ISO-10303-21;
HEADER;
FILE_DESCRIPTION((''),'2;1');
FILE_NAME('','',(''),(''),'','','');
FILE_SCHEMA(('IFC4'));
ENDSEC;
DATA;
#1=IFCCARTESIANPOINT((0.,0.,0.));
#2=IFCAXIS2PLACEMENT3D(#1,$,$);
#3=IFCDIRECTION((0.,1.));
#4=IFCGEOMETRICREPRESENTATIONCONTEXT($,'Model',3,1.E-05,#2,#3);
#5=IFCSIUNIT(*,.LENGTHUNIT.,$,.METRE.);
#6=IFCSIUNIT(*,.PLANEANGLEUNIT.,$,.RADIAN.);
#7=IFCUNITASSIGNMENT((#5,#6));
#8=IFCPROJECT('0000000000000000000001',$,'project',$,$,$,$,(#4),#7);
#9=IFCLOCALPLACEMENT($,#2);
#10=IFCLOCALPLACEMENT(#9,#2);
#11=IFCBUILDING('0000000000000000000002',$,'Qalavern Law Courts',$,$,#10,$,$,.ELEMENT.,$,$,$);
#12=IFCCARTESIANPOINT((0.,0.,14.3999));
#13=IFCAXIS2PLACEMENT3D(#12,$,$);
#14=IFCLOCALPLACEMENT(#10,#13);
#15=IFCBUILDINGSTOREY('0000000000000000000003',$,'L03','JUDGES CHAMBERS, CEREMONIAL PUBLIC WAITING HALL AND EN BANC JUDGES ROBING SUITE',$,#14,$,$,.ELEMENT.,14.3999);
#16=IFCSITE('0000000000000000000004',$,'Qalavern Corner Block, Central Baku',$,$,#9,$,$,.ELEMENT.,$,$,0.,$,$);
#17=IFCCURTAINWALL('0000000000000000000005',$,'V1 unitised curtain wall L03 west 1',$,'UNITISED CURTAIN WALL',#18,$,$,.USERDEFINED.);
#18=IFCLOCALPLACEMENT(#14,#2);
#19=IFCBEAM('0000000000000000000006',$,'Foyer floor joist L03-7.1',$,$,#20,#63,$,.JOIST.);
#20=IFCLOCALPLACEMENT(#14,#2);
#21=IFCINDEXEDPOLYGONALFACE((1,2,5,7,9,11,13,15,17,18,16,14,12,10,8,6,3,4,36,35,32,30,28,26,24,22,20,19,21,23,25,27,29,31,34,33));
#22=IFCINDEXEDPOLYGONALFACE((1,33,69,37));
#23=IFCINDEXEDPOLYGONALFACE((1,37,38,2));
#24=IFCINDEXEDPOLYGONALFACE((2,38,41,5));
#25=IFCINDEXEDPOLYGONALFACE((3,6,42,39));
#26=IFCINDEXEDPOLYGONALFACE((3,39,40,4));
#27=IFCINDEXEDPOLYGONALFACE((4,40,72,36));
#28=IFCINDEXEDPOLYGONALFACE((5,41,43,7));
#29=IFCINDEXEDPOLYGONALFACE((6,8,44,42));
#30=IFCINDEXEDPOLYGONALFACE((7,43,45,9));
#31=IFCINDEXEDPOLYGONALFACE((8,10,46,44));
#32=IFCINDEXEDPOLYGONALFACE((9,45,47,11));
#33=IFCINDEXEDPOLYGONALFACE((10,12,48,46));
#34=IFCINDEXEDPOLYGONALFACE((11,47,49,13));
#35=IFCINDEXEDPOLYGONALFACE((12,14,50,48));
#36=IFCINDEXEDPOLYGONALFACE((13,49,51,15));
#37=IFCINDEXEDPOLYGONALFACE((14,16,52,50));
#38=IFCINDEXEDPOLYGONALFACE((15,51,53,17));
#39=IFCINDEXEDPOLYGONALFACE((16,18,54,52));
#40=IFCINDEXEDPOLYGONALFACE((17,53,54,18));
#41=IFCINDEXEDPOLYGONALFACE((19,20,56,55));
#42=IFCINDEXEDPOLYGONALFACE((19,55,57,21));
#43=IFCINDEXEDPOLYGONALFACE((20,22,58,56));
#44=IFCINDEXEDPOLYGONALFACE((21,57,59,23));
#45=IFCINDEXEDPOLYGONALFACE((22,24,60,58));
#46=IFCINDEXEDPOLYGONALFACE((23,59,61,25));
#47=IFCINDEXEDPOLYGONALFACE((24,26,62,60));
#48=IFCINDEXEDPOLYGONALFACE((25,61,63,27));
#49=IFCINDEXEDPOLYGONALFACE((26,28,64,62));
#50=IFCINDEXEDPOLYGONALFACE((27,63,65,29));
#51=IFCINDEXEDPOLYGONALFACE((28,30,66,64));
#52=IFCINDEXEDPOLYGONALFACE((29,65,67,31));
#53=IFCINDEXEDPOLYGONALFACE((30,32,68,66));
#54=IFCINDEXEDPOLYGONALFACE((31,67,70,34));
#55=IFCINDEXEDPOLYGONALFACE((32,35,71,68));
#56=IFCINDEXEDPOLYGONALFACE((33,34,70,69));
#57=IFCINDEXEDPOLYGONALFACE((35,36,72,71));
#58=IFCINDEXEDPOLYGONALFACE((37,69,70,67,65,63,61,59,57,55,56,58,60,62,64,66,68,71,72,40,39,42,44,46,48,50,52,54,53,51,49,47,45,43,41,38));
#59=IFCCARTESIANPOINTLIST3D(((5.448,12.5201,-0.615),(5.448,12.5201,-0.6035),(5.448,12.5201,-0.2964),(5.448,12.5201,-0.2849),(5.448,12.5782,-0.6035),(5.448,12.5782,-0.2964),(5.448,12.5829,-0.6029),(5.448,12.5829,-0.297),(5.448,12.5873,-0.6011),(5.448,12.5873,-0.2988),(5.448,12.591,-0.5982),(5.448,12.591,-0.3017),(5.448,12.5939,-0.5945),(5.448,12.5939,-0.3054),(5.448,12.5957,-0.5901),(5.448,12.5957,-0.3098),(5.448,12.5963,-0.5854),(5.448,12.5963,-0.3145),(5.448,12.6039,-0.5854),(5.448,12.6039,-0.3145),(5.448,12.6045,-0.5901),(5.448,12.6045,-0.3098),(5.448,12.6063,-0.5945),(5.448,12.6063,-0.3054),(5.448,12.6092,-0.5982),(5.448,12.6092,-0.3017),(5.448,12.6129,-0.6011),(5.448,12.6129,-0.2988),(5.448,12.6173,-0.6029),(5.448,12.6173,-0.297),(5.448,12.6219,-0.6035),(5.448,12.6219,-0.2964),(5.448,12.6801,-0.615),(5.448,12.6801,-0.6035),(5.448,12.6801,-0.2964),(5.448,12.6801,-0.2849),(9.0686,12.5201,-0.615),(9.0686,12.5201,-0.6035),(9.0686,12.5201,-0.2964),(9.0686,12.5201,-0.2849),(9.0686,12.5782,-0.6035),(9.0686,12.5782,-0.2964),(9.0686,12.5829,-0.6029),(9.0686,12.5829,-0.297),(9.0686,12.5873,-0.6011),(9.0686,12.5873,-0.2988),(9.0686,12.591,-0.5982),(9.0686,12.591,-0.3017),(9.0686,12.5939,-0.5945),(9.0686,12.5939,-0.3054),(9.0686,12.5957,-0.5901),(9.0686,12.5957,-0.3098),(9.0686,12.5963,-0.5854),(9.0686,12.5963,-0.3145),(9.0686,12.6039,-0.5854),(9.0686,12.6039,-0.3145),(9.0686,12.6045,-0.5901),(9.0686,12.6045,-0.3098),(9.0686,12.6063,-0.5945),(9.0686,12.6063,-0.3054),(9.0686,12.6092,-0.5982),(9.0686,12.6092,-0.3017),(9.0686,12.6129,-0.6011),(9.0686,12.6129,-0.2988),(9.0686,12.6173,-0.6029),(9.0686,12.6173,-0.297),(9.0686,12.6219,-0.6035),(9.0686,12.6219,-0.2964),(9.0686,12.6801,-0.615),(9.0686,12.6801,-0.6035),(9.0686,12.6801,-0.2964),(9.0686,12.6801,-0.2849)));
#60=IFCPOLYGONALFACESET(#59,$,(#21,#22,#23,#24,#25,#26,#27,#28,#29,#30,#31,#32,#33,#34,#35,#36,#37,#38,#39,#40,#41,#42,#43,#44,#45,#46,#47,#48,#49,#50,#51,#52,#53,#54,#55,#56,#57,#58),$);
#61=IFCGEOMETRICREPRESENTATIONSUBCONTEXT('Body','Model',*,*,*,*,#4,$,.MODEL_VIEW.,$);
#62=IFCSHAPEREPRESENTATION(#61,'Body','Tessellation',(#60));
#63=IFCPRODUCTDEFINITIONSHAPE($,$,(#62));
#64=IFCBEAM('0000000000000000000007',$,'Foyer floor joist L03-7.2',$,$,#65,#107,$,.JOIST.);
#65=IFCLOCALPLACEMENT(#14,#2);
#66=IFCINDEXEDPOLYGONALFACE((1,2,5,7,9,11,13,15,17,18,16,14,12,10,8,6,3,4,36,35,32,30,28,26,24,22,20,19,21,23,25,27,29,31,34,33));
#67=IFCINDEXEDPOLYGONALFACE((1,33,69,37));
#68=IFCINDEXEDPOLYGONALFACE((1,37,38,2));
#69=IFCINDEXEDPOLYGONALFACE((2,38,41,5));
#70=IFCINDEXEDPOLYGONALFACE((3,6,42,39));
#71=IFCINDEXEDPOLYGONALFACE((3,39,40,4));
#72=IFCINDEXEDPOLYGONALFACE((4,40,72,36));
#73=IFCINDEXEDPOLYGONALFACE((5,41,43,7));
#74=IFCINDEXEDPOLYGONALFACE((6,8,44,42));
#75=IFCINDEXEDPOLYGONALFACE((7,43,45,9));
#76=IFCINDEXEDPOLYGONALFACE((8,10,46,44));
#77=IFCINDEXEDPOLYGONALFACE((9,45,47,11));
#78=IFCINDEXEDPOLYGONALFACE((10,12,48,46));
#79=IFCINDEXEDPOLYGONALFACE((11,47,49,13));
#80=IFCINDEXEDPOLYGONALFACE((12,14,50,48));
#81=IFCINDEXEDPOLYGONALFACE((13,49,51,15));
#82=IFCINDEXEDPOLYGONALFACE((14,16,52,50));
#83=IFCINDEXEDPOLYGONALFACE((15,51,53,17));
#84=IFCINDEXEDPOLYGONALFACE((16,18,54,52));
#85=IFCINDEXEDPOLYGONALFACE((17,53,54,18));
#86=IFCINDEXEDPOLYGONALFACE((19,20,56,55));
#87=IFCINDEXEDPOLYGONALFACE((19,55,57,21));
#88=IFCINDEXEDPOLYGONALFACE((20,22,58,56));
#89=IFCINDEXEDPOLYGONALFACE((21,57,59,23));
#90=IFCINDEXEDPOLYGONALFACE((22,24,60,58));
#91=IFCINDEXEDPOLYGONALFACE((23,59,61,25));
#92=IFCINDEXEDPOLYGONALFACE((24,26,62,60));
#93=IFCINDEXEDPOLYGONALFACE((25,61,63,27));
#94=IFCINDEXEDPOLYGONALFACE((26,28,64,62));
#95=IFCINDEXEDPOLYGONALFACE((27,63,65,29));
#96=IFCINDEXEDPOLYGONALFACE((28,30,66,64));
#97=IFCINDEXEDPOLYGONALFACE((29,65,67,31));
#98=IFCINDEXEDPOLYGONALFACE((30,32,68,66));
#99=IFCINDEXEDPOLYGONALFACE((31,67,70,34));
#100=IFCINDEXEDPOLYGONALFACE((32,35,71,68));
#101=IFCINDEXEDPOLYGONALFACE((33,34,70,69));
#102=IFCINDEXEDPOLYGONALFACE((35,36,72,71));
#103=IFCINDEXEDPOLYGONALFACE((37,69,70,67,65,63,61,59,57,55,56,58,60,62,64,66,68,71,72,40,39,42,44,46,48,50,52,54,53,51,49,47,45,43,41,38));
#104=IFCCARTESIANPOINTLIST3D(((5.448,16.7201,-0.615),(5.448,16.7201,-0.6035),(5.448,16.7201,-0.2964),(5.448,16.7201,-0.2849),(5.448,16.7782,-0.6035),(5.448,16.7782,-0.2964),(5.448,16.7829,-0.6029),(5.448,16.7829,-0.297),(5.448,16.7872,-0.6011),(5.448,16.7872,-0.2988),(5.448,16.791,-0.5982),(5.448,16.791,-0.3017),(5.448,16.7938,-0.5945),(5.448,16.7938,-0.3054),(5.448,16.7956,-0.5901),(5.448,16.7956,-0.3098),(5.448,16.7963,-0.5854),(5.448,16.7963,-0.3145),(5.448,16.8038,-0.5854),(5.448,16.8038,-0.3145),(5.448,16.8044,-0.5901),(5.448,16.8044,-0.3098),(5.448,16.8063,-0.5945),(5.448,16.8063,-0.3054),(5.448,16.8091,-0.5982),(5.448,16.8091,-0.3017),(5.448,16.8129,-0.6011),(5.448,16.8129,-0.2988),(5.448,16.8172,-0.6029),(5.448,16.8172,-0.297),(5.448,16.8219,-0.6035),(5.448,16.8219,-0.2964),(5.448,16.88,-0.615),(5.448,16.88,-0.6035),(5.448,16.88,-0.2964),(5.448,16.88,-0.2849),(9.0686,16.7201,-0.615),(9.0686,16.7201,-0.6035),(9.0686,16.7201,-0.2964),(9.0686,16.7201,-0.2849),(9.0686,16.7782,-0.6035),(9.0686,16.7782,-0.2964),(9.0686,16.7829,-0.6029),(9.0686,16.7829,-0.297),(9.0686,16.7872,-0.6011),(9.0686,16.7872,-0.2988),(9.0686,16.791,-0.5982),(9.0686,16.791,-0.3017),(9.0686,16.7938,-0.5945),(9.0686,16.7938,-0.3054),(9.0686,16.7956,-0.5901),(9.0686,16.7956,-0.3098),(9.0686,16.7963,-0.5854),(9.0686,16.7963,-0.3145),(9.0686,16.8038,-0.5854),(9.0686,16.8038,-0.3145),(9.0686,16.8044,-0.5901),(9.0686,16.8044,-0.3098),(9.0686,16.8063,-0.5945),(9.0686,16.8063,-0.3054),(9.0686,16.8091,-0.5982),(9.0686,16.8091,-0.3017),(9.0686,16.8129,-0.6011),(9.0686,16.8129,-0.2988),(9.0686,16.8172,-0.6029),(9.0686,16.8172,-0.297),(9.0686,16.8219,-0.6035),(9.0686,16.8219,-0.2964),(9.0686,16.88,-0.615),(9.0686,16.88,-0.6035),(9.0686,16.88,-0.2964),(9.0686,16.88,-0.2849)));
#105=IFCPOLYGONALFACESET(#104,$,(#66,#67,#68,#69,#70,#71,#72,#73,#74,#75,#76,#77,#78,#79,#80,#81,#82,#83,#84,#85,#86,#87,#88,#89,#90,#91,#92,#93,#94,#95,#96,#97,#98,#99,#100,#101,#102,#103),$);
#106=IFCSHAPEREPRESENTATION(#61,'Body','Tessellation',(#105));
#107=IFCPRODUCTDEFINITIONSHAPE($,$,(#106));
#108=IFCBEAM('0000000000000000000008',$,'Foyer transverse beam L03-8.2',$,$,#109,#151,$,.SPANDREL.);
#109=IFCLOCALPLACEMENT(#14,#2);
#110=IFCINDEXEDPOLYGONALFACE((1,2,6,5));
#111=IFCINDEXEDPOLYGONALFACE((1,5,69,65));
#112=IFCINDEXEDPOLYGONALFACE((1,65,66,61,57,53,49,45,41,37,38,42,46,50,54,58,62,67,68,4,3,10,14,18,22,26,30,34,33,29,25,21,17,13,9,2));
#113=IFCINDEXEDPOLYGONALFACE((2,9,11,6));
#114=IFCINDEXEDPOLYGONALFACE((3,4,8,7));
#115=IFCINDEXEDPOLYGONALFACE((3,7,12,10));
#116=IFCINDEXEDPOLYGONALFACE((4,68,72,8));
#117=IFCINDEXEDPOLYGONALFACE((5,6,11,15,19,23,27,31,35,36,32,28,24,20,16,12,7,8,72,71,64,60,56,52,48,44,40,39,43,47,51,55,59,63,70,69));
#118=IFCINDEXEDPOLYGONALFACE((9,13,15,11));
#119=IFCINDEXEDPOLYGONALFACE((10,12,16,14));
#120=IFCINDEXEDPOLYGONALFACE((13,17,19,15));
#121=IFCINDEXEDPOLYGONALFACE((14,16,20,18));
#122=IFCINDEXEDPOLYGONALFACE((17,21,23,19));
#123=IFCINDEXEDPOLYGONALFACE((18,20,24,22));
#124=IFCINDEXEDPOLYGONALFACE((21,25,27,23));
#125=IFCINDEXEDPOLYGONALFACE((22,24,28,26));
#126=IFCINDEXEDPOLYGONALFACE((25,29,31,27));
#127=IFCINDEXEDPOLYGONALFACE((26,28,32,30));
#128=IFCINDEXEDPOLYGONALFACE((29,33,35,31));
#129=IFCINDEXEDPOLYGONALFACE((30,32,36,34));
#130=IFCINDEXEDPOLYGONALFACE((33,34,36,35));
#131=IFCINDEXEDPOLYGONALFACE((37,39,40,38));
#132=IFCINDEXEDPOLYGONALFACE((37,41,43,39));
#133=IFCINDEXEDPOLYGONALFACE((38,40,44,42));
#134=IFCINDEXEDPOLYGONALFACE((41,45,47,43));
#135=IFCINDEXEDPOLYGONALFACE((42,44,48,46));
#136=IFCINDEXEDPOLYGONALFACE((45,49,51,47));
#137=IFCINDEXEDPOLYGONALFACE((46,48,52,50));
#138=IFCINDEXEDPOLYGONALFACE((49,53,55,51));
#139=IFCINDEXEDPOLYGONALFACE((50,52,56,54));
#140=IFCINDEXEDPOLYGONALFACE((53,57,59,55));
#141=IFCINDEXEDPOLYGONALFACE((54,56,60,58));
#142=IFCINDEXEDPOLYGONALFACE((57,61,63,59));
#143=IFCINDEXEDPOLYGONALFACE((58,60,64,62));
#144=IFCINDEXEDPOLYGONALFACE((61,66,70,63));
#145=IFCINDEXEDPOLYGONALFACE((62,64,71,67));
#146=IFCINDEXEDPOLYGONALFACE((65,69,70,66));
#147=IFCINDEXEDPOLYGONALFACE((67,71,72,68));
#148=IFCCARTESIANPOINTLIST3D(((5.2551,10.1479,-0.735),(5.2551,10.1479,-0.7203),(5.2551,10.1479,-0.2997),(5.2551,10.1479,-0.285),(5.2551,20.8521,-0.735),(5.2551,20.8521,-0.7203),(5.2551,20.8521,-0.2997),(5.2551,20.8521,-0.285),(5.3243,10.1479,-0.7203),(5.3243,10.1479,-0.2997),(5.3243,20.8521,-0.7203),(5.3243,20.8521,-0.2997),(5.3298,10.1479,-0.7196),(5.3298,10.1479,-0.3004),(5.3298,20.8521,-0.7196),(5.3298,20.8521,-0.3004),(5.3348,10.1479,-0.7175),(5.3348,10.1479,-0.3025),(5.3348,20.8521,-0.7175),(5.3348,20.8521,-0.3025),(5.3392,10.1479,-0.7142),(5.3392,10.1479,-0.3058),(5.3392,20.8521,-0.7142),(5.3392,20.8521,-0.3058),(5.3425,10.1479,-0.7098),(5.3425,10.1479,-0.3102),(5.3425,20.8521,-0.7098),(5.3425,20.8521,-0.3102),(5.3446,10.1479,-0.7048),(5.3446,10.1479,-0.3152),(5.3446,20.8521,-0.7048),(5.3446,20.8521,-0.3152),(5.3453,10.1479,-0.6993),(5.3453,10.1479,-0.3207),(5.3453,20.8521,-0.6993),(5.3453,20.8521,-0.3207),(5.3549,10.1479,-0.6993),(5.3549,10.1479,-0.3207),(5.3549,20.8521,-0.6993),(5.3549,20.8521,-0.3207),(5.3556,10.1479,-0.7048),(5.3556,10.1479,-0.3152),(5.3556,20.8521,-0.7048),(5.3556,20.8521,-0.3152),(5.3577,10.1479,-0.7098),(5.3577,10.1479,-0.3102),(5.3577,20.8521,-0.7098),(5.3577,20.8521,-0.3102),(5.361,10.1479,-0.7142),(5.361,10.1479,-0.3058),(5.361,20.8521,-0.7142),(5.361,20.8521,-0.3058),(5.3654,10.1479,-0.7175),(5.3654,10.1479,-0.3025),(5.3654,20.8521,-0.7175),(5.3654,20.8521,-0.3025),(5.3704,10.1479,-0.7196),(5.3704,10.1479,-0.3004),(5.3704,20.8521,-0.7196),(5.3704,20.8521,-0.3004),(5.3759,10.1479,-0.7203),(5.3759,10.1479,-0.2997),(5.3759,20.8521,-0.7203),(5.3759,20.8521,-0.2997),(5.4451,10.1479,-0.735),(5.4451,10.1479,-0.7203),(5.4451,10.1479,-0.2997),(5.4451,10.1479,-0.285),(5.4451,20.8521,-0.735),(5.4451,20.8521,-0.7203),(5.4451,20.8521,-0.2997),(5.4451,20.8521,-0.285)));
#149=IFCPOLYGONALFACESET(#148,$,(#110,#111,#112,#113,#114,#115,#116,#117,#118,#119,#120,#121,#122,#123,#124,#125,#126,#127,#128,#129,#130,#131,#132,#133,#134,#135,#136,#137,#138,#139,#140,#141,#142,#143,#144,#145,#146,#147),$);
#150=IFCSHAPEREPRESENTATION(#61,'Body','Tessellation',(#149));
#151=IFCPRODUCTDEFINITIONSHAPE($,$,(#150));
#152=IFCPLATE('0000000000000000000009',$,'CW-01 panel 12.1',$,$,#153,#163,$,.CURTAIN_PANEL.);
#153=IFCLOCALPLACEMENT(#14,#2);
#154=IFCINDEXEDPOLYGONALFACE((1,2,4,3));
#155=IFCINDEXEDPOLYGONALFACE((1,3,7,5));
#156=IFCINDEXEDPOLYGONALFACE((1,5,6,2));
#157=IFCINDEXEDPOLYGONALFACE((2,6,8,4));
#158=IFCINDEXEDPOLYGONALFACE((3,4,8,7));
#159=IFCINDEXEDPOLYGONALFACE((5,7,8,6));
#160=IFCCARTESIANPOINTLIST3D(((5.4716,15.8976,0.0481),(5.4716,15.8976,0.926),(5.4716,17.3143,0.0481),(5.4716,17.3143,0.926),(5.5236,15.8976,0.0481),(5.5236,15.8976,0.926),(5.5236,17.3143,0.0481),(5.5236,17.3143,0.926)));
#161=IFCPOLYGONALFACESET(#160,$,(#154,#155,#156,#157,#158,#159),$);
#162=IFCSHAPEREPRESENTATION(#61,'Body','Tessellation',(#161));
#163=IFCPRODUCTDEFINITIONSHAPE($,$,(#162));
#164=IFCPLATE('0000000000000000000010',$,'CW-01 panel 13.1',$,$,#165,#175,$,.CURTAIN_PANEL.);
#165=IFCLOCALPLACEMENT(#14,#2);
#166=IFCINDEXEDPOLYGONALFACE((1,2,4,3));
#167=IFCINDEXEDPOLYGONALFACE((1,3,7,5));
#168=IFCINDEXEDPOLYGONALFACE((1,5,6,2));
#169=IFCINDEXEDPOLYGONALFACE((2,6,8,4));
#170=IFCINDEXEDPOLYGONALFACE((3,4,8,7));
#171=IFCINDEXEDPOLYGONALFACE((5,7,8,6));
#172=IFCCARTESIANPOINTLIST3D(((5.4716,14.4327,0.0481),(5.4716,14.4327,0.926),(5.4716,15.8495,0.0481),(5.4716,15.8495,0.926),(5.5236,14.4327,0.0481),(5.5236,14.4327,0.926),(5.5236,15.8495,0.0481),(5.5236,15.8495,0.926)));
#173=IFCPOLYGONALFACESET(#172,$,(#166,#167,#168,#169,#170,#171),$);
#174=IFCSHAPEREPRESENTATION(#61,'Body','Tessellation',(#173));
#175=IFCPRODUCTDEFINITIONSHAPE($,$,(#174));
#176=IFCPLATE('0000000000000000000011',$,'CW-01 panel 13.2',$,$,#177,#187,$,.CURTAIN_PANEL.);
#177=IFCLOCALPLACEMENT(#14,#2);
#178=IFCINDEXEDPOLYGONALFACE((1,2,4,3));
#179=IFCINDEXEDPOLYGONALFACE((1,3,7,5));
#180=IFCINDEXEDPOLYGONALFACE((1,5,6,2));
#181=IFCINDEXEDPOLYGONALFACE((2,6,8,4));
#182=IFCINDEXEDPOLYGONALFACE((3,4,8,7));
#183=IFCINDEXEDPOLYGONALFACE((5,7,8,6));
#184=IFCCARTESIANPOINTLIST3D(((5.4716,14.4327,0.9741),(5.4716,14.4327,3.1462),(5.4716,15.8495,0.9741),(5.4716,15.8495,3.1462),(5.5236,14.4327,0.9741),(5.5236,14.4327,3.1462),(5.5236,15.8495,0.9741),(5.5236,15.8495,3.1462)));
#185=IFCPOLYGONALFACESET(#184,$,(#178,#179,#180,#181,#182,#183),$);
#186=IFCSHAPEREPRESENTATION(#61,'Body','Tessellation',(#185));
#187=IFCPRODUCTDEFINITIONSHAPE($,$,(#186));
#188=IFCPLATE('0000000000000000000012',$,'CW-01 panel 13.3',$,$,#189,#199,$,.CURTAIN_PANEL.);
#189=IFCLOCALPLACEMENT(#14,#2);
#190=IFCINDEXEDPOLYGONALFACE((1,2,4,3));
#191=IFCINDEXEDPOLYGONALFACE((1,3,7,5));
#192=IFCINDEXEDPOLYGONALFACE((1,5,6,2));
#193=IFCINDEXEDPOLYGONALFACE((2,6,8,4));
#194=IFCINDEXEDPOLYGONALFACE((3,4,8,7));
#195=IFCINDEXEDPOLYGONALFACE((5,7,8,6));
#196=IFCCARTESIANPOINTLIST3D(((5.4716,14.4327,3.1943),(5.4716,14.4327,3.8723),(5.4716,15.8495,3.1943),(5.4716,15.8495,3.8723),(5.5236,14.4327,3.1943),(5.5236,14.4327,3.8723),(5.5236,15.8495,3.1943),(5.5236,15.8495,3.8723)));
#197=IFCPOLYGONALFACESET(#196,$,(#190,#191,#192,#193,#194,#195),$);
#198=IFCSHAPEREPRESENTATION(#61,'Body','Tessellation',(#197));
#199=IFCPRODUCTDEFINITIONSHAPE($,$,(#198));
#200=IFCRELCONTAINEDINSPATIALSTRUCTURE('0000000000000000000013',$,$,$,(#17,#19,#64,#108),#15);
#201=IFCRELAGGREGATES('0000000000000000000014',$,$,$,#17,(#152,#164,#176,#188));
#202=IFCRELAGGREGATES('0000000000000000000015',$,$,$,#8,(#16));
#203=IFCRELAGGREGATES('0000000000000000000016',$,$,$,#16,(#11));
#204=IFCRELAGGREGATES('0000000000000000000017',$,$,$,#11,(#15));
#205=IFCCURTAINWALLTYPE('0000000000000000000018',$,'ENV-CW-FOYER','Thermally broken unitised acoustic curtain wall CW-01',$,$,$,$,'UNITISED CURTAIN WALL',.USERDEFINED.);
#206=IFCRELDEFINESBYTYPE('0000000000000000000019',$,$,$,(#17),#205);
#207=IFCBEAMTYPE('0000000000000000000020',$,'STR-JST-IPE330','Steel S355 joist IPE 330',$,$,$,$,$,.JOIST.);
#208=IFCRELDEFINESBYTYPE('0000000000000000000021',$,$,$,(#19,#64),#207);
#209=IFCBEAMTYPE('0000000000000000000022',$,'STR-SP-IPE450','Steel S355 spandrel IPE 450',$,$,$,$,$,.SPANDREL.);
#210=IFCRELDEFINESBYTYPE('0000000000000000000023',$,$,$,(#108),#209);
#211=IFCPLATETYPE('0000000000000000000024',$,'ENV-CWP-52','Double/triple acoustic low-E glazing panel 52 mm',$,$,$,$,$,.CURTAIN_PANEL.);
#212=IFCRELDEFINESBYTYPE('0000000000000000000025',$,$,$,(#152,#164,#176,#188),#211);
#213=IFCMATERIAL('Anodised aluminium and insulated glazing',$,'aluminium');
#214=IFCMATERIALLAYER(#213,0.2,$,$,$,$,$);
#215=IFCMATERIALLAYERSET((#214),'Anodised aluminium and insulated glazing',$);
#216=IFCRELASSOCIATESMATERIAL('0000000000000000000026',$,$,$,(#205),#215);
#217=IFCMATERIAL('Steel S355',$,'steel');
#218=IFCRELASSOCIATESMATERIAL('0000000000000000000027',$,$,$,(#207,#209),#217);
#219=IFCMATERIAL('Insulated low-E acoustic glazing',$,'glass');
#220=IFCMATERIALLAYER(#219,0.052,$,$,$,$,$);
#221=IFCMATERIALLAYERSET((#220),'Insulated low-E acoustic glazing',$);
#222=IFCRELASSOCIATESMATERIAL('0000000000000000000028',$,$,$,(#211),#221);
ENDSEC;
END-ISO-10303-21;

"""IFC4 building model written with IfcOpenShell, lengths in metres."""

from ifc_helpers import new_model, si_unit, direction, frame, origin, origin_2d, place, context, subcontext, project, spatial, rectangle, i_section, extrude, material, layer, layer_set, material_profile, profile_set, type_object, element, aggregate, save


model = new_model("IFC4")

# Units and contexts
model_context = context("Model", 3, precision=1e-05, world=origin(), true_north=direction((0.0, 1.0)))
body_context = subcontext(model_context, "Body", "Model", "MODEL_VIEW")
ifc_project = project(units=[si_unit("LENGTHUNIT", "METRE"), si_unit("PLANEANGLEUNIT", "RADIAN")], contexts=[model_context])

# Site, building, storey
site_placement = place(None, origin())
site = spatial("IfcSite", under=ifc_project, at=site_placement, Name="Qalavern Corner Block, Central Baku", CompositionType="ELEMENT", RefElevation=0.0)
building_placement = place(site_placement, origin())
building = spatial("IfcBuilding", under=site, at=building_placement, Name="Qalavern Law Courts", CompositionType="ELEMENT")
storey_placement = place(building_placement, frame((0.0, 0.0, 14.3999)))
storey = spatial("IfcBuildingStorey", under=building, at=storey_placement, Name="L03", Description="JUDGES CHAMBERS, CEREMONIAL PUBLIC WAITING HALL AND EN BANC JUDGES ROBING SUITE", CompositionType="ELEMENT", Elevation=14.3999)

# Curtain wall
ifc_material_1 = material(Name="Anodised aluminium and insulated glazing", Category="aluminium")
ifc_layer_1 = layer(ifc_material_1, 0.2)
ifc_layer_set_1 = layer_set([ifc_layer_1], Name="Anodised aluminium and insulated glazing")
curtain_wall_type = type_object("IfcCurtainWallType", Name="ENV-CW-FOYER", Description="Thermally broken unitised acoustic curtain wall CW-01", ElementType="UNITISED CURTAIN WALL", PredefinedType="USERDEFINED", material=ifc_layer_set_1)
curtain_wall_placement = place(storey_placement, origin())
curtain_wall = element("IfcCurtainWall", 1, at=curtain_wall_placement, inside=storey, type_object=curtain_wall_type, Name="V1 unitised curtain wall L03 west 1", ObjectType="UNITISED CURTAIN WALL", PredefinedType="USERDEFINED")

# Beams
ifc_material_2 = material(Name="Steel S355", Category="steel")
ifc_material_profile_1 = material_profile(ifc_material_2, i_section(OverallWidth=0.1599, OverallDepth=0.3301, WebThickness=0.0076, FlangeThickness=0.0115, FilletRadius=0.0181, at=origin_2d()), Name="IPE 330")
ifc_profile_set_1 = profile_set([ifc_material_profile_1], Name="Steel S355")
beam_type_1 = type_object("IfcBeamType", Name="STR-JST-IPE330", Description="Steel S355 joist IPE 330", PredefinedType="JOIST", material=ifc_profile_set_1)
for number, where, z_axis, x_axis, name in (
    (2, (5.448, 12.6001, -0.45), (1.0, 0.0, 0.0), (0.0, 1.0, 0.0), "Foyer floor joist L03-7.1"),
    (3, (5.448, 16.8, -0.45), (1.0, 0.0, 0.0), (0.0, 1.0, 0.0), "Foyer floor joist L03-7.2"),
):
    element("IfcBeam", number, at=place(storey_placement, frame(where, z_axis=z_axis, x_axis=x_axis)), inside=storey, type_object=beam_type_1, Name=name, PredefinedType="JOIST", context=body_context, shape_type="SweptSolid", body=[
        extrude(i_section(OverallWidth=0.1599, OverallDepth=0.3301, WebThickness=0.0076, FlangeThickness=0.0115, FilletRadius=0.0181, at=origin_2d()), origin(), (0.0, 0.0, 1.0), 3.6206),
    ])
ifc_material_profile_2 = material_profile(ifc_material_2, i_section(OverallWidth=0.1899, OverallDepth=0.45, WebThickness=0.0095, FlangeThickness=0.0146, FilletRadius=0.021, at=origin_2d()), Name="IPE 450")
ifc_profile_set_2 = profile_set([ifc_material_profile_2], Name="Steel S355")
beam_type_2 = type_object("IfcBeamType", Name="STR-SP-IPE450", Description="Steel S355 spandrel IPE 450", PredefinedType="SPANDREL", material=ifc_profile_set_2)
beam_placement = place(storey_placement, frame((5.3501, 10.1479, -0.51), z_axis=(0.0, 1.0, 0.0), x_axis=(-1.0, 0.0, 0.0)))
element("IfcBeam", 4, at=beam_placement, inside=storey, type_object=beam_type_2, Name="Foyer transverse beam L03-8.2", PredefinedType="SPANDREL", context=body_context, shape_type="SweptSolid", body=[
    extrude(i_section(OverallWidth=0.1899, OverallDepth=0.45, WebThickness=0.0095, FlangeThickness=0.0146, FilletRadius=0.021, at=origin_2d()), origin(), (0.0, 0.0, 1.0), 10.7041),
])

# Plates
ifc_material_3 = material(Name="Insulated low-E acoustic glazing", Category="glass")
ifc_layer_2 = layer(ifc_material_3, 0.052)
ifc_layer_set_2 = layer_set([ifc_layer_2], Name="Insulated low-E acoustic glazing")
plate_type = type_object("IfcPlateType", Name="ENV-CWP-52", Description="Double/triple acoustic low-E glazing panel 52 mm", PredefinedType="CURTAIN_PANEL", material=ifc_layer_set_2)
plate_1_placement = place(storey_placement, frame((5.4976, 16.606, 0.0481), z_axis=(0.0, 0.0, 1.0), x_axis=(0.0, -1.0, 0.0)))
plate_1 = element("IfcPlate", 5, at=plate_1_placement, type_object=plate_type, Name="CW-01 panel 12.1", PredefinedType="CURTAIN_PANEL", context=body_context, shape_type="SweptSolid", body=[
    extrude(rectangle(XDim=1.4167, YDim=0.052, at=origin_2d()), origin(), (0.0, 0.0, 1.0), 0.8779),
])
plate_2_placement = place(storey_placement, frame((5.4976, 15.1411, 0.0481), z_axis=(0.0, 0.0, 1.0), x_axis=(0.0, -1.0, 0.0)))
plate_2 = element("IfcPlate", 6, at=plate_2_placement, type_object=plate_type, Name="CW-01 panel 13.1", PredefinedType="CURTAIN_PANEL", context=body_context, shape_type="SweptSolid", body=[
    extrude(rectangle(XDim=1.4167, YDim=0.052, at=origin_2d()), origin(), (0.0, 0.0, 1.0), 0.8779),
])
plate_3_placement = place(storey_placement, frame((5.4976, 15.1411, 0.9741), z_axis=(0.0, 0.0, 1.0), x_axis=(0.0, -1.0, 0.0)))
plate_3 = element("IfcPlate", 7, at=plate_3_placement, type_object=plate_type, Name="CW-01 panel 13.2", PredefinedType="CURTAIN_PANEL", context=body_context, shape_type="SweptSolid", body=[
    extrude(rectangle(XDim=1.4167, YDim=0.052, at=origin_2d()), origin(), (0.0, 0.0, 1.0), 2.1721),
])
plate_4_placement = place(storey_placement, frame((5.4976, 15.1411, 3.1943), z_axis=(0.0, 0.0, 1.0), x_axis=(0.0, -1.0, 0.0)))
plate_4 = element("IfcPlate", 8, at=plate_4_placement, type_object=plate_type, Name="CW-01 panel 13.3", PredefinedType="CURTAIN_PANEL", context=body_context, shape_type="SweptSolid", body=[
    extrude(rectangle(XDim=1.4167, YDim=0.052, at=origin_2d()), origin(), (0.0, 0.0, 1.0), 0.678),
])
aggregate(curtain_wall, [plate_1, plate_2, plate_3, plate_4])

save(model, "model.ifc")
